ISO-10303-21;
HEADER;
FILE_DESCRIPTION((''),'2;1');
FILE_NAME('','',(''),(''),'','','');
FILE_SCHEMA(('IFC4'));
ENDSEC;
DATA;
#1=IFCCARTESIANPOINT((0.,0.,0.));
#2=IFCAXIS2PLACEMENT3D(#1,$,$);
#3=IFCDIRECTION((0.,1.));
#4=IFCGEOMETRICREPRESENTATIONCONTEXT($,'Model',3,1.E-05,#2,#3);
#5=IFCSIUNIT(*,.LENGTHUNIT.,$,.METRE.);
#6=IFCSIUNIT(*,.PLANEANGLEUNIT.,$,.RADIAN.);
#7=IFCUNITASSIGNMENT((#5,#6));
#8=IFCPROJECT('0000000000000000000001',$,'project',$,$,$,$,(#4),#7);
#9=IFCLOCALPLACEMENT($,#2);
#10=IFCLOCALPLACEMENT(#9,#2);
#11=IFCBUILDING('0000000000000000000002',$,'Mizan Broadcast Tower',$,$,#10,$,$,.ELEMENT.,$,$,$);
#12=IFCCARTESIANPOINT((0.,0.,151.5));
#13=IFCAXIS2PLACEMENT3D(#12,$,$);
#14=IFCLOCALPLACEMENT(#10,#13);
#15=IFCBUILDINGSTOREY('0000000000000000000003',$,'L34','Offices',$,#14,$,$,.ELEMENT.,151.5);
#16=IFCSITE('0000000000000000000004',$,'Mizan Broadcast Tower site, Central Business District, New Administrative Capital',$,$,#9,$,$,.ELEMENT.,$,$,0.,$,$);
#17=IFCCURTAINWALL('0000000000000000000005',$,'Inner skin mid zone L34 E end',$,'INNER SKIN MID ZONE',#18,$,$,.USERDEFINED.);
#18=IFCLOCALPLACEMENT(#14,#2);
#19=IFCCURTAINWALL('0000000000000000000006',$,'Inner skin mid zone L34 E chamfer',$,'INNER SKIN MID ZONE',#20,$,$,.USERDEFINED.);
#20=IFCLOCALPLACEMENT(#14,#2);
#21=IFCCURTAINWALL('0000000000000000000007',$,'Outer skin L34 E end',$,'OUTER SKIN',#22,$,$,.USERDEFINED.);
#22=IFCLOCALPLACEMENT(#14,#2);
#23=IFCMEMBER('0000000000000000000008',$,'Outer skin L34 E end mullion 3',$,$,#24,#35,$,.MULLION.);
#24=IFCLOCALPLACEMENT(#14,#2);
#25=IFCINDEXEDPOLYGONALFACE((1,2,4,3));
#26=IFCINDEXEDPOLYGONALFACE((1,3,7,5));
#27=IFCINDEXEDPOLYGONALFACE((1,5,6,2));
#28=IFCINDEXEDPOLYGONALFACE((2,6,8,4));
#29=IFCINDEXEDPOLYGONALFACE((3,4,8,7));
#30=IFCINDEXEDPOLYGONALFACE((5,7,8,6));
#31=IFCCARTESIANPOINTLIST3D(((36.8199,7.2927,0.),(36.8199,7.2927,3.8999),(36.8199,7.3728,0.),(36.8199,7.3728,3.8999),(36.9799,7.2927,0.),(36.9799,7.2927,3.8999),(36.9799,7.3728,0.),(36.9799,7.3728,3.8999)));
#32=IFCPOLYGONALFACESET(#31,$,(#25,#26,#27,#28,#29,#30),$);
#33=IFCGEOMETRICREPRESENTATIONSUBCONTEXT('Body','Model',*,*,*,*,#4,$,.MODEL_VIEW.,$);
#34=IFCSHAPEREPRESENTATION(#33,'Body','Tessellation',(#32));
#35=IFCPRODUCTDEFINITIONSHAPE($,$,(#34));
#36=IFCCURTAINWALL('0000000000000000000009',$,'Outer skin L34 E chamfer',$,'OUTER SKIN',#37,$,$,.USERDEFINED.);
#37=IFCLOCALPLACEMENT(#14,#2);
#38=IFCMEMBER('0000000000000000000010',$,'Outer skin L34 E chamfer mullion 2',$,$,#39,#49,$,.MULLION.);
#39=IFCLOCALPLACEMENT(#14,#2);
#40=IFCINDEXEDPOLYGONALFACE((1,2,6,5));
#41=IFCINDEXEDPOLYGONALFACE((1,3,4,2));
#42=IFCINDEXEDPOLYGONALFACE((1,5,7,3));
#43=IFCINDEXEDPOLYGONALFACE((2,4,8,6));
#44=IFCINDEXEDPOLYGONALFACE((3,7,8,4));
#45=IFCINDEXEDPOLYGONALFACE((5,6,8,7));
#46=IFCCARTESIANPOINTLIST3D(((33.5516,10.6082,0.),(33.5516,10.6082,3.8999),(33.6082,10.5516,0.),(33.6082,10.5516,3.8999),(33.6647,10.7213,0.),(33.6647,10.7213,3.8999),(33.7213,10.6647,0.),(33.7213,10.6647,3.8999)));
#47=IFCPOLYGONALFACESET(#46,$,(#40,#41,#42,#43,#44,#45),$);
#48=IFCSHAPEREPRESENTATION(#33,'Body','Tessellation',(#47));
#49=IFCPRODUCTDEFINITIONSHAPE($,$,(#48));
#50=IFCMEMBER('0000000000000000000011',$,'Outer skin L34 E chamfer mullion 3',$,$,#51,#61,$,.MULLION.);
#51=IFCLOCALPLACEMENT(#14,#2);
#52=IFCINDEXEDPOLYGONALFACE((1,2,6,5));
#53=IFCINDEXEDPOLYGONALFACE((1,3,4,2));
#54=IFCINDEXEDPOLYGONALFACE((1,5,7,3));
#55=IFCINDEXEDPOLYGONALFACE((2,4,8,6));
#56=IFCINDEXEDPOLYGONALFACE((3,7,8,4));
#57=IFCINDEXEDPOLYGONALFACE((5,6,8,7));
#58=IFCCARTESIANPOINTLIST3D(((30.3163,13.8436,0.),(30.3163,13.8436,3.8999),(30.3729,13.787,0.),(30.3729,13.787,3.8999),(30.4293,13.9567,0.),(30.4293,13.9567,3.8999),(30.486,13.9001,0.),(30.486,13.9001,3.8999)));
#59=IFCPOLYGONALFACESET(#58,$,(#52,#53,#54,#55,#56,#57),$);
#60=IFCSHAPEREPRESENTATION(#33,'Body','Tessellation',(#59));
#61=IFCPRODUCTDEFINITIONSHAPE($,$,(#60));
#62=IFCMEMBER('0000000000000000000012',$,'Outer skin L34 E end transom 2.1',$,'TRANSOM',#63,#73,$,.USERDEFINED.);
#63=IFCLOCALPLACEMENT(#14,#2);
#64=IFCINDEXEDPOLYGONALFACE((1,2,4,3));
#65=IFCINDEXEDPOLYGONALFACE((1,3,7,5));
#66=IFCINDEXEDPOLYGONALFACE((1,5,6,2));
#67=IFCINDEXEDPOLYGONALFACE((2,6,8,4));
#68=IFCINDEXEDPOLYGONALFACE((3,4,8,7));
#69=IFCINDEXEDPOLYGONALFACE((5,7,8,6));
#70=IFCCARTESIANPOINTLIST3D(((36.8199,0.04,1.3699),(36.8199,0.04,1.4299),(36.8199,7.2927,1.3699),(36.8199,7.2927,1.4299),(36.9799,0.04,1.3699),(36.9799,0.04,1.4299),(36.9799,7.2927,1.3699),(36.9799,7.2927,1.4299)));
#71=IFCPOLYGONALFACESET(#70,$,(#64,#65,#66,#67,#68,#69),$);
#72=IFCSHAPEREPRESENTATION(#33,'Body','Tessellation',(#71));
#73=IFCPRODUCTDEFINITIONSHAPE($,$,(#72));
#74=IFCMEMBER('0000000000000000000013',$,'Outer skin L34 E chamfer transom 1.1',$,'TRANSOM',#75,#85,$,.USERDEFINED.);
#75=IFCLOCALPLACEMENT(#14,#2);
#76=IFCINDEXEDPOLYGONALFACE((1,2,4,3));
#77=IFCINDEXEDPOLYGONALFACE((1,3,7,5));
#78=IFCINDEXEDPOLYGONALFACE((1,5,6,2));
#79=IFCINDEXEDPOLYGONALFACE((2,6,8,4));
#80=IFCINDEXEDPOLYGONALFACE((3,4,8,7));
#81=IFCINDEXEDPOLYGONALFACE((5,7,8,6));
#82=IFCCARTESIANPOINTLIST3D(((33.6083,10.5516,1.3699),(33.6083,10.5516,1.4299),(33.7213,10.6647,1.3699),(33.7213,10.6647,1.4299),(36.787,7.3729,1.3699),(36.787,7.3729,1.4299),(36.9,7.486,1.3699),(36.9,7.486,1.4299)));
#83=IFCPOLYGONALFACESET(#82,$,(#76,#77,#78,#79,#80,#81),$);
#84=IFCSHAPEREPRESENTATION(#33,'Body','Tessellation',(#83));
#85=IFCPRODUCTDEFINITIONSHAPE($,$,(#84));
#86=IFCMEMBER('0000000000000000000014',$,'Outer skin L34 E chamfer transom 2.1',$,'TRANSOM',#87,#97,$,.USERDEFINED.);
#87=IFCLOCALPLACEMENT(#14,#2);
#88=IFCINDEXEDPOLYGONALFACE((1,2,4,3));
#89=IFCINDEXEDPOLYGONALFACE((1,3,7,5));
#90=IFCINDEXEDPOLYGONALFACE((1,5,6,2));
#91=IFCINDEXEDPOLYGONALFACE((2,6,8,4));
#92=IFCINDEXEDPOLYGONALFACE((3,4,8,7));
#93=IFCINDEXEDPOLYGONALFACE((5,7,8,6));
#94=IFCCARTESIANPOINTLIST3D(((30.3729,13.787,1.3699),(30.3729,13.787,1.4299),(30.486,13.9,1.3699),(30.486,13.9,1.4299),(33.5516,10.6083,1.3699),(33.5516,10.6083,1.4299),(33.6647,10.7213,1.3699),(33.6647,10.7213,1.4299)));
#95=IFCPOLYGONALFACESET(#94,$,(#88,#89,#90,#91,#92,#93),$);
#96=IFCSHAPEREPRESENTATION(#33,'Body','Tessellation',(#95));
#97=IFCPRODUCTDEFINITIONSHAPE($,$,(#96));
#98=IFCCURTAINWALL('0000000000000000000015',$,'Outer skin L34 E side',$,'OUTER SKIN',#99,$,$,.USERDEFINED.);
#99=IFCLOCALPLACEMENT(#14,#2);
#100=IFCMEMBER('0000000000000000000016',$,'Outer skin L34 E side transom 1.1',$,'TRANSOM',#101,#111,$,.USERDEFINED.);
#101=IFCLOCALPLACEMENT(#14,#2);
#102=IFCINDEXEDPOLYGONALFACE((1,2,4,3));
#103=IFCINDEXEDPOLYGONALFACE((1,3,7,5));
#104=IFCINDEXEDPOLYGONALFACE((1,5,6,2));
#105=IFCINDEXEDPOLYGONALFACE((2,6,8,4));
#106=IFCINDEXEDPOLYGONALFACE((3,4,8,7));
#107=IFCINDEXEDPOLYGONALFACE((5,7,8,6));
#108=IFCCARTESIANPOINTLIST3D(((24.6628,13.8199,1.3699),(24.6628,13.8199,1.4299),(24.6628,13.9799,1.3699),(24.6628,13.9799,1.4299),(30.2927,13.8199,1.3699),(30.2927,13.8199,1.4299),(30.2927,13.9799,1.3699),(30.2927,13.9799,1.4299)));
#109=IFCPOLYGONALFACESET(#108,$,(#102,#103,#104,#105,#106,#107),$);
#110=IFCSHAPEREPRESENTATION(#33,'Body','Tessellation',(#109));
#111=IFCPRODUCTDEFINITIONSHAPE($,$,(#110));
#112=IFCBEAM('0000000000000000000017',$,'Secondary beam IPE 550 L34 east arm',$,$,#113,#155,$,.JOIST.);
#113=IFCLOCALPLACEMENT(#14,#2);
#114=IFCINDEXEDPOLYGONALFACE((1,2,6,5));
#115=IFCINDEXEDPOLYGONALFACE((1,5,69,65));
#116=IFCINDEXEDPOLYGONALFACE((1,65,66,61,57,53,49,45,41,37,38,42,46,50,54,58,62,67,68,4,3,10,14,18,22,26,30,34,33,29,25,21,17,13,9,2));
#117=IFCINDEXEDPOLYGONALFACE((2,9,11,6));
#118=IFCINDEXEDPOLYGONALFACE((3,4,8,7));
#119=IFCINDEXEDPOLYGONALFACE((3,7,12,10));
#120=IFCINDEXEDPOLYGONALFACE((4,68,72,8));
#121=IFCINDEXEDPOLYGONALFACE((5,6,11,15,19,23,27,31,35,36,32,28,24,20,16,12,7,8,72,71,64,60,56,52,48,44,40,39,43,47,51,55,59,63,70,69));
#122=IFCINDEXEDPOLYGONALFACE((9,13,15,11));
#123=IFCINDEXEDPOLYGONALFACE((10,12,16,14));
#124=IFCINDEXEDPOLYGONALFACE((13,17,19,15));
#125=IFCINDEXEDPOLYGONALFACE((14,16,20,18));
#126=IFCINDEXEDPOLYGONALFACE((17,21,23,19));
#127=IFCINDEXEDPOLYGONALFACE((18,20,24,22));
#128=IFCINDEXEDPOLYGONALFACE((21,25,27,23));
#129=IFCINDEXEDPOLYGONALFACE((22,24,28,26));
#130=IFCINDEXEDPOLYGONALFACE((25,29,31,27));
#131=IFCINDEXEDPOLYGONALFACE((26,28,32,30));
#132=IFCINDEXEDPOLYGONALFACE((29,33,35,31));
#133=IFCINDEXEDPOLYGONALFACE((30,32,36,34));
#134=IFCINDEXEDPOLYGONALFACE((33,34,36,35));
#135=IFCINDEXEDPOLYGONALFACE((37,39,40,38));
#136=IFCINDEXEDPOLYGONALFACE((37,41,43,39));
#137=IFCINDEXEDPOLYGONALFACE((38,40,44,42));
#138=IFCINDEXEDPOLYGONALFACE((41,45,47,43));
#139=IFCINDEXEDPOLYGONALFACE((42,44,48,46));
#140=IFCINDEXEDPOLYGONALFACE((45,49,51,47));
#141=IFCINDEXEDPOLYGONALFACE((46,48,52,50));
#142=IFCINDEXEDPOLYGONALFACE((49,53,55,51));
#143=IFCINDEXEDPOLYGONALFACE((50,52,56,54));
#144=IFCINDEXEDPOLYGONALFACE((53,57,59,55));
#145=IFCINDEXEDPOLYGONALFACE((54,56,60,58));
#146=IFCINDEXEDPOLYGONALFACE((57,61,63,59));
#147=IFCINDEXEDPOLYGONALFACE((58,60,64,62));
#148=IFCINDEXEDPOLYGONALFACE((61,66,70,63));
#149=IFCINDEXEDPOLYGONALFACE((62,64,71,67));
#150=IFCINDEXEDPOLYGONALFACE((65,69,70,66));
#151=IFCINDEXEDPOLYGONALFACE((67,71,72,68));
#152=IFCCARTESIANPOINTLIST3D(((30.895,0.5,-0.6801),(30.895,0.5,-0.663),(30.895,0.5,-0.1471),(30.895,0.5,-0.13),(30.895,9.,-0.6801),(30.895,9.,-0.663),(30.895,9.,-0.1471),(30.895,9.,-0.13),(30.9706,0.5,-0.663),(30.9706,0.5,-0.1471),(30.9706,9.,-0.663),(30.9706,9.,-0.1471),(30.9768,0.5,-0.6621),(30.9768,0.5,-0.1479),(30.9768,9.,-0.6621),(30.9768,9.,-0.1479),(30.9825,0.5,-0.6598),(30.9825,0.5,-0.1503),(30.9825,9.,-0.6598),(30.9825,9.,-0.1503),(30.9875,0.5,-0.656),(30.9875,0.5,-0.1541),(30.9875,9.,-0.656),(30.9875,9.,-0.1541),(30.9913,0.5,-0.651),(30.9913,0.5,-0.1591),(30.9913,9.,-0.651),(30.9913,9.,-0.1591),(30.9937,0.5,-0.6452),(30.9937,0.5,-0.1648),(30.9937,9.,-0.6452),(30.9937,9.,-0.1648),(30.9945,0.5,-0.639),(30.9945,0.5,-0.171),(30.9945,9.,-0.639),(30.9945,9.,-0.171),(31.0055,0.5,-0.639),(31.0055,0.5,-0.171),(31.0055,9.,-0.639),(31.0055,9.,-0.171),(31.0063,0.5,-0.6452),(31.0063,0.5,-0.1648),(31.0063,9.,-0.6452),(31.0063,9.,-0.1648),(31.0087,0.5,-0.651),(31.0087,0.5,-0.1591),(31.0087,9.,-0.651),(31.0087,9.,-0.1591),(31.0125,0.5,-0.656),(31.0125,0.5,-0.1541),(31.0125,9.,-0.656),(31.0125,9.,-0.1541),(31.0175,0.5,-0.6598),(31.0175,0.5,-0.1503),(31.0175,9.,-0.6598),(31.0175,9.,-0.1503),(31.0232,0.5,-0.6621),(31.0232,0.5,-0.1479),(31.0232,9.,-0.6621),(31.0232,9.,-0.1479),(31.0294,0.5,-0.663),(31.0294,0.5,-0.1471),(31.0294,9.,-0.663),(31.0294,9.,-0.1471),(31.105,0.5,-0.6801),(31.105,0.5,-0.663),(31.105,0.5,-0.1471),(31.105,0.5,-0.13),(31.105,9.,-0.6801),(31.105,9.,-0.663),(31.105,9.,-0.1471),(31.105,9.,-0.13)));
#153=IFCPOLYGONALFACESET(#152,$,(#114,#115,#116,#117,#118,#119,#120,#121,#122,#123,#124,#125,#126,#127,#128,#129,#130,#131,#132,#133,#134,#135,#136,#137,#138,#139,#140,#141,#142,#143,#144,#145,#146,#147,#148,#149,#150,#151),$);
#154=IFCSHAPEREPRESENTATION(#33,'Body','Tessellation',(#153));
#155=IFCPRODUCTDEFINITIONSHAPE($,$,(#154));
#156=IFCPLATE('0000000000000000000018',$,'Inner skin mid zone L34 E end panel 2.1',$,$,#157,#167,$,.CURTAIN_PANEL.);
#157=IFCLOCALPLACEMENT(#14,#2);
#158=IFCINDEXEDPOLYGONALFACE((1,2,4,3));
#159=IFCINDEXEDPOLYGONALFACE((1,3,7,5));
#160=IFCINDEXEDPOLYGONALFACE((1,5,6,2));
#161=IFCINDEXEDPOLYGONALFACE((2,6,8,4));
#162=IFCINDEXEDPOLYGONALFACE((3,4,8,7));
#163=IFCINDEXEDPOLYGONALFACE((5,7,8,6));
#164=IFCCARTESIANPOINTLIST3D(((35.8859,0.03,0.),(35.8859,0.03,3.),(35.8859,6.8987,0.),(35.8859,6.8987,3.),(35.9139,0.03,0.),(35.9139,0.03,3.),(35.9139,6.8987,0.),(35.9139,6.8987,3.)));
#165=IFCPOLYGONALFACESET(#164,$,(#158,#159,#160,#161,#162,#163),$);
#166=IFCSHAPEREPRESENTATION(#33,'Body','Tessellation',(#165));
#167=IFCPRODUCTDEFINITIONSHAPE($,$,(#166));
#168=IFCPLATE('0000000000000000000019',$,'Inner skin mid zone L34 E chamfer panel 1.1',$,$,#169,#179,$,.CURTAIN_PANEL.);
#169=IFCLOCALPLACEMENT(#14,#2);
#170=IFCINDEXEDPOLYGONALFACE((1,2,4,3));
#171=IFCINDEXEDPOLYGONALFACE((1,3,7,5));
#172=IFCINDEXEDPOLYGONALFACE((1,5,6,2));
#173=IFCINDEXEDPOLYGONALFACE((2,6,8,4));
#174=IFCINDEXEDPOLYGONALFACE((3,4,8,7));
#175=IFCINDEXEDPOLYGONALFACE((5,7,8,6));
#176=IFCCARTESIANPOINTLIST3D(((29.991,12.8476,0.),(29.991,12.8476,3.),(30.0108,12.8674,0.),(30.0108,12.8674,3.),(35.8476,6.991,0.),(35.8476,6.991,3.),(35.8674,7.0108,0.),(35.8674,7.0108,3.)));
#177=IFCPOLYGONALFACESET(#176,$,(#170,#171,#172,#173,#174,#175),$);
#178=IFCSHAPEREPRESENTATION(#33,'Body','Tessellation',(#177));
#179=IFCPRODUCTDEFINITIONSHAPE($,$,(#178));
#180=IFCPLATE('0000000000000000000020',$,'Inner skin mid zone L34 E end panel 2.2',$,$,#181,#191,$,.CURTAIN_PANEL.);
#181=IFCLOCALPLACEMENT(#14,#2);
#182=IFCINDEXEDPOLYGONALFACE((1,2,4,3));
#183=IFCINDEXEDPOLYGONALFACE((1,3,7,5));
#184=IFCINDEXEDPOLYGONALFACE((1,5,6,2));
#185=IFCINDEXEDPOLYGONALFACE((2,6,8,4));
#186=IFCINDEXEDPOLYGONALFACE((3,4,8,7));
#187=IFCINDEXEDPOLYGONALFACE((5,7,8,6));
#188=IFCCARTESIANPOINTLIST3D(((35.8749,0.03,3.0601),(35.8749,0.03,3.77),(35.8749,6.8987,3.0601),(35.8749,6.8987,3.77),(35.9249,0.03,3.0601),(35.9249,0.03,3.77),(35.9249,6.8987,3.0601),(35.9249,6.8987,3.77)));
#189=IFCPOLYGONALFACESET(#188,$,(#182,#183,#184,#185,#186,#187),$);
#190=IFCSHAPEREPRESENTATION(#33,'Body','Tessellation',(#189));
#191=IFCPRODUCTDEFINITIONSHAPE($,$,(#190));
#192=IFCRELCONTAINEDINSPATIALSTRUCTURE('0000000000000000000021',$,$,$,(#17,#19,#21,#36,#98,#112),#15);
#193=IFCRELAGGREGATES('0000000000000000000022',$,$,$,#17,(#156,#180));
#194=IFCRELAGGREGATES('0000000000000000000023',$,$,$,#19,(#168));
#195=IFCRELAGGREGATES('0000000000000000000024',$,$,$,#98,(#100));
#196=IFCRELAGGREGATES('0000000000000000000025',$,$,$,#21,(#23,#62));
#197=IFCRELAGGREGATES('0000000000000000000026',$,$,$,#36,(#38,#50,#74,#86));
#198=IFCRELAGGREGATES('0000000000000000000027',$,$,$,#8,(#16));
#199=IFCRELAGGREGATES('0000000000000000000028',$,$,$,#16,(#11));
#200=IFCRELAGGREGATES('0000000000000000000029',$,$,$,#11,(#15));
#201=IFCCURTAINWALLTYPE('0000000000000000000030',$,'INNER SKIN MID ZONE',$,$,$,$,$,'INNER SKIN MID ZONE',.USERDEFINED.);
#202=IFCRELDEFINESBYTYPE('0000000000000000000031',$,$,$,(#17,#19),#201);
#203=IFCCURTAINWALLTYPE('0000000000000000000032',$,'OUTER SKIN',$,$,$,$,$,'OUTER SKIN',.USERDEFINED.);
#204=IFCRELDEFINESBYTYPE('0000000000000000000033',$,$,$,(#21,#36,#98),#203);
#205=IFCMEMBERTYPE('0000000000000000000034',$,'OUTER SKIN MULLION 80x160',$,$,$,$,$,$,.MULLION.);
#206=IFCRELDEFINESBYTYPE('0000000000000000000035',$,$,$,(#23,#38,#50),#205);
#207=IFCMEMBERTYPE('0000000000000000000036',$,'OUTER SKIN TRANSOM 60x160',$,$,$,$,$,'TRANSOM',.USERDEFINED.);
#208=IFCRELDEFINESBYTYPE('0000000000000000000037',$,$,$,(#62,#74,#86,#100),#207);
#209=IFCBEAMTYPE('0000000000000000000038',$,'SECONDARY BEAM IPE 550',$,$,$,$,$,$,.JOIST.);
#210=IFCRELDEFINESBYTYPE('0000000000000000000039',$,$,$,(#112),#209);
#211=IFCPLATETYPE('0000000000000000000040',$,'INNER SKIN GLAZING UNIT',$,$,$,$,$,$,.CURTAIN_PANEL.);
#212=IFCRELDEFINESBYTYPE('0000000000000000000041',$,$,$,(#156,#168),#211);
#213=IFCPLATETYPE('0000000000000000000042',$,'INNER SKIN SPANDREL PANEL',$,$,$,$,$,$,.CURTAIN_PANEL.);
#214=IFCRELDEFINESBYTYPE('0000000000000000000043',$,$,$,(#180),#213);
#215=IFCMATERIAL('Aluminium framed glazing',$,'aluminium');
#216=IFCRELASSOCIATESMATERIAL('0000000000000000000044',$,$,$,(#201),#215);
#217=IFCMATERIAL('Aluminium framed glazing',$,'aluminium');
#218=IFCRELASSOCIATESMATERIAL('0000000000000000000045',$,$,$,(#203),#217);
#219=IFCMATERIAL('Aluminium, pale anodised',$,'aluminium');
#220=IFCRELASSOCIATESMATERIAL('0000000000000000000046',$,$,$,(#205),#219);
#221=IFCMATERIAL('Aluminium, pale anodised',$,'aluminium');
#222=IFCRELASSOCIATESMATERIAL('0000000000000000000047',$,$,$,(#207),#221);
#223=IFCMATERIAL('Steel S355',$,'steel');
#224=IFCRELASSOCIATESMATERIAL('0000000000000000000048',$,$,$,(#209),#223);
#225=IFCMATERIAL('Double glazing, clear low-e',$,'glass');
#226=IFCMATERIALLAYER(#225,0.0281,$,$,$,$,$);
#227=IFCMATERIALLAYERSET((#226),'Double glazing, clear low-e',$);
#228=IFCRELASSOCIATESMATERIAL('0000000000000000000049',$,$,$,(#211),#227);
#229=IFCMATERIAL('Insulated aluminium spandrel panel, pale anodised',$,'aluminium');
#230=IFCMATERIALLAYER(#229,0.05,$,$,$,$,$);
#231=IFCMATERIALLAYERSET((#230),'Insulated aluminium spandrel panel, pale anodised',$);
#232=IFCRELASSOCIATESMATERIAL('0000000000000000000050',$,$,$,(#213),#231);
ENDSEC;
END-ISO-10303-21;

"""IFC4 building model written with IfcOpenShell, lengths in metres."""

from ifc_helpers import new_model, si_unit, direction, frame, origin, origin_2d, place, context, subcontext, project, spatial, rectangle, i_section, extrude, material, layer, layer_set, material_profile, profile_set, type_object, element, aggregate, save


model = new_model("IFC4")

# Units and contexts
model_context = context("Model", 3, precision=1e-05, world=origin(), true_north=direction((0.0, 1.0)))
body_context = subcontext(model_context, "Body", "Model", "MODEL_VIEW")
ifc_project = project(units=[si_unit("LENGTHUNIT", "METRE"), si_unit("PLANEANGLEUNIT", "RADIAN")], contexts=[model_context])

# Site, building, storey
site_placement = place(None, origin())
site = spatial("IfcSite", under=ifc_project, at=site_placement, Name="Mizan Broadcast Tower site, Central Business District, New Administrative Capital", CompositionType="ELEMENT", RefElevation=0.0)
building_placement = place(site_placement, origin())
building = spatial("IfcBuilding", under=site, at=building_placement, Name="Mizan Broadcast Tower", CompositionType="ELEMENT")
storey_placement = place(building_placement, frame((0.0, 0.0, 151.5)))
storey = spatial("IfcBuildingStorey", under=building, at=storey_placement, Name="L34", Description="Offices", CompositionType="ELEMENT", Elevation=151.5)

# Curtain wall
ifc_material_1 = material(Name="Aluminium framed glazing", Category="aluminium")
curtain_wall_type_1 = type_object("IfcCurtainWallType", Name="INNER SKIN MID ZONE", ElementType="INNER SKIN MID ZONE", PredefinedType="USERDEFINED", material=ifc_material_1)
curtain_wall_1_placement = place(storey_placement, origin())
curtain_wall_1 = element("IfcCurtainWall", 1, at=curtain_wall_1_placement, inside=storey, type_object=curtain_wall_type_1, Name="Inner skin mid zone L34 E end", ObjectType="INNER SKIN MID ZONE", PredefinedType="USERDEFINED")

# Curtain wall
curtain_wall_2_placement = place(storey_placement, origin())
curtain_wall_2 = element("IfcCurtainWall", 2, at=curtain_wall_2_placement, inside=storey, type_object=curtain_wall_type_1, Name="Inner skin mid zone L34 E chamfer", ObjectType="INNER SKIN MID ZONE", PredefinedType="USERDEFINED")

# Curtain walls, members
ifc_material_2 = material(Name="Aluminium framed glazing", Category="aluminium")
curtain_wall_type_2 = type_object("IfcCurtainWallType", Name="OUTER SKIN", ElementType="OUTER SKIN", PredefinedType="USERDEFINED", material=ifc_material_2)
curtain_wall_3_placement = place(storey_placement, origin())
curtain_wall_3 = element("IfcCurtainWall", 3, at=curtain_wall_3_placement, inside=storey, type_object=curtain_wall_type_2, Name="Outer skin L34 E end", ObjectType="OUTER SKIN", PredefinedType="USERDEFINED")
ifc_material_3 = material(Name="Aluminium, pale anodised", Category="aluminium")
ifc_material_profile_1 = material_profile(ifc_material_3, rectangle(XDim=0.1599, YDim=0.0801, at=origin_2d()), Name="MULLION 160x80")
ifc_profile_set_1 = profile_set([ifc_material_profile_1], Name="Aluminium, pale anodised")
member_type_1 = type_object("IfcMemberType", Name="OUTER SKIN MULLION 80x160", PredefinedType="MULLION", material=ifc_profile_set_1)
member_1_placement = place(storey_placement, frame((36.8999, 7.3328, 0.0), z_axis=(0.0, 0.0, 1.0), x_axis=(-1.0, 0.0, 0.0)))
member_1 = element("IfcMember", 4, at=member_1_placement, type_object=member_type_1, Name="Outer skin L34 E end mullion 3", PredefinedType="MULLION", context=body_context, shape_type="SweptSolid", body=[
    extrude(rectangle(XDim=0.1599, YDim=0.0801, at=origin_2d()), origin(), (0.0, 0.0, 1.0), 3.8999),
])
curtain_wall_4_placement = place(storey_placement, origin())
curtain_wall_4 = element("IfcCurtainWall", 5, at=curtain_wall_4_placement, inside=storey, type_object=curtain_wall_type_2, Name="Outer skin L34 E chamfer", ObjectType="OUTER SKIN", PredefinedType="USERDEFINED")
member_2_placement = place(storey_placement, frame((33.6365, 10.6365, 0.0), z_axis=(0.0, 0.0, 1.0), x_axis=(-0.707107, -0.707107, 0.0)))
member_2 = element("IfcMember", 6, at=member_2_placement, type_object=member_type_1, Name="Outer skin L34 E chamfer mullion 2", PredefinedType="MULLION", context=body_context, shape_type="SweptSolid", body=[
    extrude(rectangle(XDim=0.1599, YDim=0.0801, at=origin_2d()), origin(), (0.0, 0.0, 1.0), 3.8999),
])
member_3_placement = place(storey_placement, frame((30.4011, 13.8718, 0.0), z_axis=(0.0, 0.0, 1.0), x_axis=(-0.707107, -0.707107, 0.0)))
member_3 = element("IfcMember", 7, at=member_3_placement, type_object=member_type_1, Name="Outer skin L34 E chamfer mullion 3", PredefinedType="MULLION", context=body_context, shape_type="SweptSolid", body=[
    extrude(rectangle(XDim=0.1599, YDim=0.0801, at=origin_2d()), origin(), (0.0, 0.0, 1.0), 3.8999),
])

# Members
ifc_material_4 = material(Name="Aluminium, pale anodised", Category="aluminium")
ifc_material_profile_2 = material_profile(ifc_material_4, rectangle(XDim=0.1599, YDim=0.0601, at=origin_2d()), Name="TRANSOM 160x60")
ifc_profile_set_2 = profile_set([ifc_material_profile_2], Name="Aluminium, pale anodised")
member_type_2 = type_object("IfcMemberType", Name="OUTER SKIN TRANSOM 60x160", ElementType="TRANSOM", PredefinedType="USERDEFINED", material=ifc_profile_set_2)
member_4_placement = place(storey_placement, frame((36.8999, 0.04, 1.3999), z_axis=(0.0, 1.0, 0.0), x_axis=(-1.0, 0.0, 0.0)))
member_4 = element("IfcMember", 8, at=member_4_placement, type_object=member_type_2, Name="Outer skin L34 E end transom 2.1", ObjectType="TRANSOM", PredefinedType="USERDEFINED", context=body_context, shape_type="SweptSolid", body=[
    extrude(rectangle(XDim=0.1599, YDim=0.0601, at=origin_2d()), origin(), (0.0, 0.0, 1.0), 7.2527),
])
member_5_placement = place(storey_placement, frame((36.8435, 7.4294, 1.3999), z_axis=(-0.707107, 0.707107, 0.0), x_axis=(-0.707107, -0.707107, 0.0)))
member_5 = element("IfcMember", 9, at=member_5_placement, type_object=member_type_2, Name="Outer skin L34 E chamfer transom 1.1", ObjectType="TRANSOM", PredefinedType="USERDEFINED", context=body_context, shape_type="SweptSolid", body=[
    extrude(rectangle(XDim=0.1599, YDim=0.0601, at=origin_2d()), origin(), (0.0, 0.0, 1.0), 4.4954),
])
member_6_placement = place(storey_placement, frame((33.6082, 10.6648, 1.3999), z_axis=(-0.707107, 0.707107, 0.0), x_axis=(-0.707107, -0.707107, 0.0)))
member_6 = element("IfcMember", 10, at=member_6_placement, type_object=member_type_2, Name="Outer skin L34 E chamfer transom 2.1", ObjectType="TRANSOM", PredefinedType="USERDEFINED", context=body_context, shape_type="SweptSolid", body=[
    extrude(rectangle(XDim=0.1599, YDim=0.0601, at=origin_2d()), origin(), (0.0, 0.0, 1.0), 4.4954),
])

# Curtain wall, member
curtain_wall_5_placement = place(storey_placement, origin())
curtain_wall_5 = element("IfcCurtainWall", 11, at=curtain_wall_5_placement, inside=storey, type_object=curtain_wall_type_2, Name="Outer skin L34 E side", ObjectType="OUTER SKIN", PredefinedType="USERDEFINED")
member_7_placement = place(storey_placement, frame((30.2927, 13.8999, 1.3999), z_axis=(-1.0, 0.0, 0.0), x_axis=(0.0, -1.0, 0.0)))
member_7 = element("IfcMember", 12, at=member_7_placement, type_object=member_type_2, Name="Outer skin L34 E side transom 1.1", ObjectType="TRANSOM", PredefinedType="USERDEFINED", context=body_context, shape_type="SweptSolid", body=[
    extrude(rectangle(XDim=0.1599, YDim=0.0601, at=origin_2d()), origin(), (0.0, 0.0, 1.0), 5.6299),
])

# Beam
ifc_material_5 = material(Name="Steel S355", Category="steel")
ifc_material_profile_3 = material_profile(ifc_material_5, i_section(OverallWidth=0.21, OverallDepth=0.55, WebThickness=0.011, FlangeThickness=0.0171, FilletRadius=0.0239, at=origin_2d()), Name="IPE 550")
ifc_profile_set_3 = profile_set([ifc_material_profile_3], Name="Steel S355")
beam_type_1 = type_object("IfcBeamType", Name="SECONDARY BEAM IPE 550", PredefinedType="JOIST", material=ifc_profile_set_3)
beam_1_placement = place(storey_placement, frame((31.0, 9.0, -0.405), z_axis=(0.0, -1.0, 0.0), x_axis=(1.0, 0.0, 0.0)))
element("IfcBeam", 13, at=beam_1_placement, inside=storey, type_object=beam_type_1, Name="Secondary beam IPE 550 L34 east arm", PredefinedType="JOIST", context=body_context, shape_type="SweptSolid", body=[
    extrude(i_section(OverallWidth=0.21, OverallDepth=0.55, WebThickness=0.011, FlangeThickness=0.0171, FilletRadius=0.0239, at=origin_2d()), origin(), (0.0, 0.0, 1.0), 8.5),
])

# Plates
ifc_material_6 = material(Name="Double glazing, clear low-e", Category="glass")
ifc_layer_1 = layer(ifc_material_6, 0.0281)
ifc_layer_set_1 = layer_set([ifc_layer_1], Name="Double glazing, clear low-e")
plate_type_1 = type_object("IfcPlateType", Name="INNER SKIN GLAZING UNIT", PredefinedType="CURTAIN_PANEL", material=ifc_layer_set_1)
plate_1_placement = place(storey_placement, frame((35.8999, 3.4644, 0.0), z_axis=(0.0, 0.0, 1.0), x_axis=(0.0, 1.0, 0.0)))
plate_1 = element("IfcPlate", 14, at=plate_1_placement, type_object=plate_type_1, Name="Inner skin mid zone L34 E end panel 2.1", PredefinedType="CURTAIN_PANEL", context=body_context, shape_type="SweptSolid", body=[
    extrude(rectangle(XDim=6.8687, YDim=0.0281, at=origin_2d()), origin(), (0.0, 0.0, 1.0), 3.0),
])
plate_2_placement = place(storey_placement, frame((32.9292, 9.9292, 0.0), z_axis=(0.0, 0.0, 1.0), x_axis=(-0.707107, 0.707107, 0.0)))
plate_2 = element("IfcPlate", 15, at=plate_2_placement, type_object=plate_type_1, Name="Inner skin mid zone L34 E chamfer panel 1.1", PredefinedType="CURTAIN_PANEL", context=body_context, shape_type="SweptSolid", body=[
    extrude(rectangle(XDim=8.2825, YDim=0.0281, at=origin_2d()), origin(), (0.0, 0.0, 1.0), 3.0),
])
ifc_material_7 = material(Name="Insulated aluminium spandrel panel, pale anodised", Category="aluminium")
ifc_layer_2 = layer(ifc_material_7, 0.05)
ifc_layer_set_2 = layer_set([ifc_layer_2], Name="Insulated aluminium spandrel panel, pale anodised")
plate_type_2 = type_object("IfcPlateType", Name="INNER SKIN SPANDREL PANEL", PredefinedType="CURTAIN_PANEL", material=ifc_layer_set_2)
plate_3_placement = place(storey_placement, frame((35.8999, 3.4644, 3.0601), z_axis=(0.0, 0.0, 1.0), x_axis=(0.0, 1.0, 0.0)))
plate_3 = element("IfcPlate", 16, at=plate_3_placement, type_object=plate_type_2, Name="Inner skin mid zone L34 E end panel 2.2", PredefinedType="CURTAIN_PANEL", context=body_context, shape_type="SweptSolid", body=[
    extrude(rectangle(XDim=6.8687, YDim=0.05, at=origin_2d()), origin(), (0.0, 0.0, 1.0), 0.71),
])
aggregate(curtain_wall_1, [plate_1, plate_3])
aggregate(curtain_wall_2, [plate_2])
aggregate(curtain_wall_5, [member_7])
aggregate(curtain_wall_3, [member_1, member_4])
aggregate(curtain_wall_4, [member_2, member_3, member_5, member_6])

save(model, "model.ifc")
